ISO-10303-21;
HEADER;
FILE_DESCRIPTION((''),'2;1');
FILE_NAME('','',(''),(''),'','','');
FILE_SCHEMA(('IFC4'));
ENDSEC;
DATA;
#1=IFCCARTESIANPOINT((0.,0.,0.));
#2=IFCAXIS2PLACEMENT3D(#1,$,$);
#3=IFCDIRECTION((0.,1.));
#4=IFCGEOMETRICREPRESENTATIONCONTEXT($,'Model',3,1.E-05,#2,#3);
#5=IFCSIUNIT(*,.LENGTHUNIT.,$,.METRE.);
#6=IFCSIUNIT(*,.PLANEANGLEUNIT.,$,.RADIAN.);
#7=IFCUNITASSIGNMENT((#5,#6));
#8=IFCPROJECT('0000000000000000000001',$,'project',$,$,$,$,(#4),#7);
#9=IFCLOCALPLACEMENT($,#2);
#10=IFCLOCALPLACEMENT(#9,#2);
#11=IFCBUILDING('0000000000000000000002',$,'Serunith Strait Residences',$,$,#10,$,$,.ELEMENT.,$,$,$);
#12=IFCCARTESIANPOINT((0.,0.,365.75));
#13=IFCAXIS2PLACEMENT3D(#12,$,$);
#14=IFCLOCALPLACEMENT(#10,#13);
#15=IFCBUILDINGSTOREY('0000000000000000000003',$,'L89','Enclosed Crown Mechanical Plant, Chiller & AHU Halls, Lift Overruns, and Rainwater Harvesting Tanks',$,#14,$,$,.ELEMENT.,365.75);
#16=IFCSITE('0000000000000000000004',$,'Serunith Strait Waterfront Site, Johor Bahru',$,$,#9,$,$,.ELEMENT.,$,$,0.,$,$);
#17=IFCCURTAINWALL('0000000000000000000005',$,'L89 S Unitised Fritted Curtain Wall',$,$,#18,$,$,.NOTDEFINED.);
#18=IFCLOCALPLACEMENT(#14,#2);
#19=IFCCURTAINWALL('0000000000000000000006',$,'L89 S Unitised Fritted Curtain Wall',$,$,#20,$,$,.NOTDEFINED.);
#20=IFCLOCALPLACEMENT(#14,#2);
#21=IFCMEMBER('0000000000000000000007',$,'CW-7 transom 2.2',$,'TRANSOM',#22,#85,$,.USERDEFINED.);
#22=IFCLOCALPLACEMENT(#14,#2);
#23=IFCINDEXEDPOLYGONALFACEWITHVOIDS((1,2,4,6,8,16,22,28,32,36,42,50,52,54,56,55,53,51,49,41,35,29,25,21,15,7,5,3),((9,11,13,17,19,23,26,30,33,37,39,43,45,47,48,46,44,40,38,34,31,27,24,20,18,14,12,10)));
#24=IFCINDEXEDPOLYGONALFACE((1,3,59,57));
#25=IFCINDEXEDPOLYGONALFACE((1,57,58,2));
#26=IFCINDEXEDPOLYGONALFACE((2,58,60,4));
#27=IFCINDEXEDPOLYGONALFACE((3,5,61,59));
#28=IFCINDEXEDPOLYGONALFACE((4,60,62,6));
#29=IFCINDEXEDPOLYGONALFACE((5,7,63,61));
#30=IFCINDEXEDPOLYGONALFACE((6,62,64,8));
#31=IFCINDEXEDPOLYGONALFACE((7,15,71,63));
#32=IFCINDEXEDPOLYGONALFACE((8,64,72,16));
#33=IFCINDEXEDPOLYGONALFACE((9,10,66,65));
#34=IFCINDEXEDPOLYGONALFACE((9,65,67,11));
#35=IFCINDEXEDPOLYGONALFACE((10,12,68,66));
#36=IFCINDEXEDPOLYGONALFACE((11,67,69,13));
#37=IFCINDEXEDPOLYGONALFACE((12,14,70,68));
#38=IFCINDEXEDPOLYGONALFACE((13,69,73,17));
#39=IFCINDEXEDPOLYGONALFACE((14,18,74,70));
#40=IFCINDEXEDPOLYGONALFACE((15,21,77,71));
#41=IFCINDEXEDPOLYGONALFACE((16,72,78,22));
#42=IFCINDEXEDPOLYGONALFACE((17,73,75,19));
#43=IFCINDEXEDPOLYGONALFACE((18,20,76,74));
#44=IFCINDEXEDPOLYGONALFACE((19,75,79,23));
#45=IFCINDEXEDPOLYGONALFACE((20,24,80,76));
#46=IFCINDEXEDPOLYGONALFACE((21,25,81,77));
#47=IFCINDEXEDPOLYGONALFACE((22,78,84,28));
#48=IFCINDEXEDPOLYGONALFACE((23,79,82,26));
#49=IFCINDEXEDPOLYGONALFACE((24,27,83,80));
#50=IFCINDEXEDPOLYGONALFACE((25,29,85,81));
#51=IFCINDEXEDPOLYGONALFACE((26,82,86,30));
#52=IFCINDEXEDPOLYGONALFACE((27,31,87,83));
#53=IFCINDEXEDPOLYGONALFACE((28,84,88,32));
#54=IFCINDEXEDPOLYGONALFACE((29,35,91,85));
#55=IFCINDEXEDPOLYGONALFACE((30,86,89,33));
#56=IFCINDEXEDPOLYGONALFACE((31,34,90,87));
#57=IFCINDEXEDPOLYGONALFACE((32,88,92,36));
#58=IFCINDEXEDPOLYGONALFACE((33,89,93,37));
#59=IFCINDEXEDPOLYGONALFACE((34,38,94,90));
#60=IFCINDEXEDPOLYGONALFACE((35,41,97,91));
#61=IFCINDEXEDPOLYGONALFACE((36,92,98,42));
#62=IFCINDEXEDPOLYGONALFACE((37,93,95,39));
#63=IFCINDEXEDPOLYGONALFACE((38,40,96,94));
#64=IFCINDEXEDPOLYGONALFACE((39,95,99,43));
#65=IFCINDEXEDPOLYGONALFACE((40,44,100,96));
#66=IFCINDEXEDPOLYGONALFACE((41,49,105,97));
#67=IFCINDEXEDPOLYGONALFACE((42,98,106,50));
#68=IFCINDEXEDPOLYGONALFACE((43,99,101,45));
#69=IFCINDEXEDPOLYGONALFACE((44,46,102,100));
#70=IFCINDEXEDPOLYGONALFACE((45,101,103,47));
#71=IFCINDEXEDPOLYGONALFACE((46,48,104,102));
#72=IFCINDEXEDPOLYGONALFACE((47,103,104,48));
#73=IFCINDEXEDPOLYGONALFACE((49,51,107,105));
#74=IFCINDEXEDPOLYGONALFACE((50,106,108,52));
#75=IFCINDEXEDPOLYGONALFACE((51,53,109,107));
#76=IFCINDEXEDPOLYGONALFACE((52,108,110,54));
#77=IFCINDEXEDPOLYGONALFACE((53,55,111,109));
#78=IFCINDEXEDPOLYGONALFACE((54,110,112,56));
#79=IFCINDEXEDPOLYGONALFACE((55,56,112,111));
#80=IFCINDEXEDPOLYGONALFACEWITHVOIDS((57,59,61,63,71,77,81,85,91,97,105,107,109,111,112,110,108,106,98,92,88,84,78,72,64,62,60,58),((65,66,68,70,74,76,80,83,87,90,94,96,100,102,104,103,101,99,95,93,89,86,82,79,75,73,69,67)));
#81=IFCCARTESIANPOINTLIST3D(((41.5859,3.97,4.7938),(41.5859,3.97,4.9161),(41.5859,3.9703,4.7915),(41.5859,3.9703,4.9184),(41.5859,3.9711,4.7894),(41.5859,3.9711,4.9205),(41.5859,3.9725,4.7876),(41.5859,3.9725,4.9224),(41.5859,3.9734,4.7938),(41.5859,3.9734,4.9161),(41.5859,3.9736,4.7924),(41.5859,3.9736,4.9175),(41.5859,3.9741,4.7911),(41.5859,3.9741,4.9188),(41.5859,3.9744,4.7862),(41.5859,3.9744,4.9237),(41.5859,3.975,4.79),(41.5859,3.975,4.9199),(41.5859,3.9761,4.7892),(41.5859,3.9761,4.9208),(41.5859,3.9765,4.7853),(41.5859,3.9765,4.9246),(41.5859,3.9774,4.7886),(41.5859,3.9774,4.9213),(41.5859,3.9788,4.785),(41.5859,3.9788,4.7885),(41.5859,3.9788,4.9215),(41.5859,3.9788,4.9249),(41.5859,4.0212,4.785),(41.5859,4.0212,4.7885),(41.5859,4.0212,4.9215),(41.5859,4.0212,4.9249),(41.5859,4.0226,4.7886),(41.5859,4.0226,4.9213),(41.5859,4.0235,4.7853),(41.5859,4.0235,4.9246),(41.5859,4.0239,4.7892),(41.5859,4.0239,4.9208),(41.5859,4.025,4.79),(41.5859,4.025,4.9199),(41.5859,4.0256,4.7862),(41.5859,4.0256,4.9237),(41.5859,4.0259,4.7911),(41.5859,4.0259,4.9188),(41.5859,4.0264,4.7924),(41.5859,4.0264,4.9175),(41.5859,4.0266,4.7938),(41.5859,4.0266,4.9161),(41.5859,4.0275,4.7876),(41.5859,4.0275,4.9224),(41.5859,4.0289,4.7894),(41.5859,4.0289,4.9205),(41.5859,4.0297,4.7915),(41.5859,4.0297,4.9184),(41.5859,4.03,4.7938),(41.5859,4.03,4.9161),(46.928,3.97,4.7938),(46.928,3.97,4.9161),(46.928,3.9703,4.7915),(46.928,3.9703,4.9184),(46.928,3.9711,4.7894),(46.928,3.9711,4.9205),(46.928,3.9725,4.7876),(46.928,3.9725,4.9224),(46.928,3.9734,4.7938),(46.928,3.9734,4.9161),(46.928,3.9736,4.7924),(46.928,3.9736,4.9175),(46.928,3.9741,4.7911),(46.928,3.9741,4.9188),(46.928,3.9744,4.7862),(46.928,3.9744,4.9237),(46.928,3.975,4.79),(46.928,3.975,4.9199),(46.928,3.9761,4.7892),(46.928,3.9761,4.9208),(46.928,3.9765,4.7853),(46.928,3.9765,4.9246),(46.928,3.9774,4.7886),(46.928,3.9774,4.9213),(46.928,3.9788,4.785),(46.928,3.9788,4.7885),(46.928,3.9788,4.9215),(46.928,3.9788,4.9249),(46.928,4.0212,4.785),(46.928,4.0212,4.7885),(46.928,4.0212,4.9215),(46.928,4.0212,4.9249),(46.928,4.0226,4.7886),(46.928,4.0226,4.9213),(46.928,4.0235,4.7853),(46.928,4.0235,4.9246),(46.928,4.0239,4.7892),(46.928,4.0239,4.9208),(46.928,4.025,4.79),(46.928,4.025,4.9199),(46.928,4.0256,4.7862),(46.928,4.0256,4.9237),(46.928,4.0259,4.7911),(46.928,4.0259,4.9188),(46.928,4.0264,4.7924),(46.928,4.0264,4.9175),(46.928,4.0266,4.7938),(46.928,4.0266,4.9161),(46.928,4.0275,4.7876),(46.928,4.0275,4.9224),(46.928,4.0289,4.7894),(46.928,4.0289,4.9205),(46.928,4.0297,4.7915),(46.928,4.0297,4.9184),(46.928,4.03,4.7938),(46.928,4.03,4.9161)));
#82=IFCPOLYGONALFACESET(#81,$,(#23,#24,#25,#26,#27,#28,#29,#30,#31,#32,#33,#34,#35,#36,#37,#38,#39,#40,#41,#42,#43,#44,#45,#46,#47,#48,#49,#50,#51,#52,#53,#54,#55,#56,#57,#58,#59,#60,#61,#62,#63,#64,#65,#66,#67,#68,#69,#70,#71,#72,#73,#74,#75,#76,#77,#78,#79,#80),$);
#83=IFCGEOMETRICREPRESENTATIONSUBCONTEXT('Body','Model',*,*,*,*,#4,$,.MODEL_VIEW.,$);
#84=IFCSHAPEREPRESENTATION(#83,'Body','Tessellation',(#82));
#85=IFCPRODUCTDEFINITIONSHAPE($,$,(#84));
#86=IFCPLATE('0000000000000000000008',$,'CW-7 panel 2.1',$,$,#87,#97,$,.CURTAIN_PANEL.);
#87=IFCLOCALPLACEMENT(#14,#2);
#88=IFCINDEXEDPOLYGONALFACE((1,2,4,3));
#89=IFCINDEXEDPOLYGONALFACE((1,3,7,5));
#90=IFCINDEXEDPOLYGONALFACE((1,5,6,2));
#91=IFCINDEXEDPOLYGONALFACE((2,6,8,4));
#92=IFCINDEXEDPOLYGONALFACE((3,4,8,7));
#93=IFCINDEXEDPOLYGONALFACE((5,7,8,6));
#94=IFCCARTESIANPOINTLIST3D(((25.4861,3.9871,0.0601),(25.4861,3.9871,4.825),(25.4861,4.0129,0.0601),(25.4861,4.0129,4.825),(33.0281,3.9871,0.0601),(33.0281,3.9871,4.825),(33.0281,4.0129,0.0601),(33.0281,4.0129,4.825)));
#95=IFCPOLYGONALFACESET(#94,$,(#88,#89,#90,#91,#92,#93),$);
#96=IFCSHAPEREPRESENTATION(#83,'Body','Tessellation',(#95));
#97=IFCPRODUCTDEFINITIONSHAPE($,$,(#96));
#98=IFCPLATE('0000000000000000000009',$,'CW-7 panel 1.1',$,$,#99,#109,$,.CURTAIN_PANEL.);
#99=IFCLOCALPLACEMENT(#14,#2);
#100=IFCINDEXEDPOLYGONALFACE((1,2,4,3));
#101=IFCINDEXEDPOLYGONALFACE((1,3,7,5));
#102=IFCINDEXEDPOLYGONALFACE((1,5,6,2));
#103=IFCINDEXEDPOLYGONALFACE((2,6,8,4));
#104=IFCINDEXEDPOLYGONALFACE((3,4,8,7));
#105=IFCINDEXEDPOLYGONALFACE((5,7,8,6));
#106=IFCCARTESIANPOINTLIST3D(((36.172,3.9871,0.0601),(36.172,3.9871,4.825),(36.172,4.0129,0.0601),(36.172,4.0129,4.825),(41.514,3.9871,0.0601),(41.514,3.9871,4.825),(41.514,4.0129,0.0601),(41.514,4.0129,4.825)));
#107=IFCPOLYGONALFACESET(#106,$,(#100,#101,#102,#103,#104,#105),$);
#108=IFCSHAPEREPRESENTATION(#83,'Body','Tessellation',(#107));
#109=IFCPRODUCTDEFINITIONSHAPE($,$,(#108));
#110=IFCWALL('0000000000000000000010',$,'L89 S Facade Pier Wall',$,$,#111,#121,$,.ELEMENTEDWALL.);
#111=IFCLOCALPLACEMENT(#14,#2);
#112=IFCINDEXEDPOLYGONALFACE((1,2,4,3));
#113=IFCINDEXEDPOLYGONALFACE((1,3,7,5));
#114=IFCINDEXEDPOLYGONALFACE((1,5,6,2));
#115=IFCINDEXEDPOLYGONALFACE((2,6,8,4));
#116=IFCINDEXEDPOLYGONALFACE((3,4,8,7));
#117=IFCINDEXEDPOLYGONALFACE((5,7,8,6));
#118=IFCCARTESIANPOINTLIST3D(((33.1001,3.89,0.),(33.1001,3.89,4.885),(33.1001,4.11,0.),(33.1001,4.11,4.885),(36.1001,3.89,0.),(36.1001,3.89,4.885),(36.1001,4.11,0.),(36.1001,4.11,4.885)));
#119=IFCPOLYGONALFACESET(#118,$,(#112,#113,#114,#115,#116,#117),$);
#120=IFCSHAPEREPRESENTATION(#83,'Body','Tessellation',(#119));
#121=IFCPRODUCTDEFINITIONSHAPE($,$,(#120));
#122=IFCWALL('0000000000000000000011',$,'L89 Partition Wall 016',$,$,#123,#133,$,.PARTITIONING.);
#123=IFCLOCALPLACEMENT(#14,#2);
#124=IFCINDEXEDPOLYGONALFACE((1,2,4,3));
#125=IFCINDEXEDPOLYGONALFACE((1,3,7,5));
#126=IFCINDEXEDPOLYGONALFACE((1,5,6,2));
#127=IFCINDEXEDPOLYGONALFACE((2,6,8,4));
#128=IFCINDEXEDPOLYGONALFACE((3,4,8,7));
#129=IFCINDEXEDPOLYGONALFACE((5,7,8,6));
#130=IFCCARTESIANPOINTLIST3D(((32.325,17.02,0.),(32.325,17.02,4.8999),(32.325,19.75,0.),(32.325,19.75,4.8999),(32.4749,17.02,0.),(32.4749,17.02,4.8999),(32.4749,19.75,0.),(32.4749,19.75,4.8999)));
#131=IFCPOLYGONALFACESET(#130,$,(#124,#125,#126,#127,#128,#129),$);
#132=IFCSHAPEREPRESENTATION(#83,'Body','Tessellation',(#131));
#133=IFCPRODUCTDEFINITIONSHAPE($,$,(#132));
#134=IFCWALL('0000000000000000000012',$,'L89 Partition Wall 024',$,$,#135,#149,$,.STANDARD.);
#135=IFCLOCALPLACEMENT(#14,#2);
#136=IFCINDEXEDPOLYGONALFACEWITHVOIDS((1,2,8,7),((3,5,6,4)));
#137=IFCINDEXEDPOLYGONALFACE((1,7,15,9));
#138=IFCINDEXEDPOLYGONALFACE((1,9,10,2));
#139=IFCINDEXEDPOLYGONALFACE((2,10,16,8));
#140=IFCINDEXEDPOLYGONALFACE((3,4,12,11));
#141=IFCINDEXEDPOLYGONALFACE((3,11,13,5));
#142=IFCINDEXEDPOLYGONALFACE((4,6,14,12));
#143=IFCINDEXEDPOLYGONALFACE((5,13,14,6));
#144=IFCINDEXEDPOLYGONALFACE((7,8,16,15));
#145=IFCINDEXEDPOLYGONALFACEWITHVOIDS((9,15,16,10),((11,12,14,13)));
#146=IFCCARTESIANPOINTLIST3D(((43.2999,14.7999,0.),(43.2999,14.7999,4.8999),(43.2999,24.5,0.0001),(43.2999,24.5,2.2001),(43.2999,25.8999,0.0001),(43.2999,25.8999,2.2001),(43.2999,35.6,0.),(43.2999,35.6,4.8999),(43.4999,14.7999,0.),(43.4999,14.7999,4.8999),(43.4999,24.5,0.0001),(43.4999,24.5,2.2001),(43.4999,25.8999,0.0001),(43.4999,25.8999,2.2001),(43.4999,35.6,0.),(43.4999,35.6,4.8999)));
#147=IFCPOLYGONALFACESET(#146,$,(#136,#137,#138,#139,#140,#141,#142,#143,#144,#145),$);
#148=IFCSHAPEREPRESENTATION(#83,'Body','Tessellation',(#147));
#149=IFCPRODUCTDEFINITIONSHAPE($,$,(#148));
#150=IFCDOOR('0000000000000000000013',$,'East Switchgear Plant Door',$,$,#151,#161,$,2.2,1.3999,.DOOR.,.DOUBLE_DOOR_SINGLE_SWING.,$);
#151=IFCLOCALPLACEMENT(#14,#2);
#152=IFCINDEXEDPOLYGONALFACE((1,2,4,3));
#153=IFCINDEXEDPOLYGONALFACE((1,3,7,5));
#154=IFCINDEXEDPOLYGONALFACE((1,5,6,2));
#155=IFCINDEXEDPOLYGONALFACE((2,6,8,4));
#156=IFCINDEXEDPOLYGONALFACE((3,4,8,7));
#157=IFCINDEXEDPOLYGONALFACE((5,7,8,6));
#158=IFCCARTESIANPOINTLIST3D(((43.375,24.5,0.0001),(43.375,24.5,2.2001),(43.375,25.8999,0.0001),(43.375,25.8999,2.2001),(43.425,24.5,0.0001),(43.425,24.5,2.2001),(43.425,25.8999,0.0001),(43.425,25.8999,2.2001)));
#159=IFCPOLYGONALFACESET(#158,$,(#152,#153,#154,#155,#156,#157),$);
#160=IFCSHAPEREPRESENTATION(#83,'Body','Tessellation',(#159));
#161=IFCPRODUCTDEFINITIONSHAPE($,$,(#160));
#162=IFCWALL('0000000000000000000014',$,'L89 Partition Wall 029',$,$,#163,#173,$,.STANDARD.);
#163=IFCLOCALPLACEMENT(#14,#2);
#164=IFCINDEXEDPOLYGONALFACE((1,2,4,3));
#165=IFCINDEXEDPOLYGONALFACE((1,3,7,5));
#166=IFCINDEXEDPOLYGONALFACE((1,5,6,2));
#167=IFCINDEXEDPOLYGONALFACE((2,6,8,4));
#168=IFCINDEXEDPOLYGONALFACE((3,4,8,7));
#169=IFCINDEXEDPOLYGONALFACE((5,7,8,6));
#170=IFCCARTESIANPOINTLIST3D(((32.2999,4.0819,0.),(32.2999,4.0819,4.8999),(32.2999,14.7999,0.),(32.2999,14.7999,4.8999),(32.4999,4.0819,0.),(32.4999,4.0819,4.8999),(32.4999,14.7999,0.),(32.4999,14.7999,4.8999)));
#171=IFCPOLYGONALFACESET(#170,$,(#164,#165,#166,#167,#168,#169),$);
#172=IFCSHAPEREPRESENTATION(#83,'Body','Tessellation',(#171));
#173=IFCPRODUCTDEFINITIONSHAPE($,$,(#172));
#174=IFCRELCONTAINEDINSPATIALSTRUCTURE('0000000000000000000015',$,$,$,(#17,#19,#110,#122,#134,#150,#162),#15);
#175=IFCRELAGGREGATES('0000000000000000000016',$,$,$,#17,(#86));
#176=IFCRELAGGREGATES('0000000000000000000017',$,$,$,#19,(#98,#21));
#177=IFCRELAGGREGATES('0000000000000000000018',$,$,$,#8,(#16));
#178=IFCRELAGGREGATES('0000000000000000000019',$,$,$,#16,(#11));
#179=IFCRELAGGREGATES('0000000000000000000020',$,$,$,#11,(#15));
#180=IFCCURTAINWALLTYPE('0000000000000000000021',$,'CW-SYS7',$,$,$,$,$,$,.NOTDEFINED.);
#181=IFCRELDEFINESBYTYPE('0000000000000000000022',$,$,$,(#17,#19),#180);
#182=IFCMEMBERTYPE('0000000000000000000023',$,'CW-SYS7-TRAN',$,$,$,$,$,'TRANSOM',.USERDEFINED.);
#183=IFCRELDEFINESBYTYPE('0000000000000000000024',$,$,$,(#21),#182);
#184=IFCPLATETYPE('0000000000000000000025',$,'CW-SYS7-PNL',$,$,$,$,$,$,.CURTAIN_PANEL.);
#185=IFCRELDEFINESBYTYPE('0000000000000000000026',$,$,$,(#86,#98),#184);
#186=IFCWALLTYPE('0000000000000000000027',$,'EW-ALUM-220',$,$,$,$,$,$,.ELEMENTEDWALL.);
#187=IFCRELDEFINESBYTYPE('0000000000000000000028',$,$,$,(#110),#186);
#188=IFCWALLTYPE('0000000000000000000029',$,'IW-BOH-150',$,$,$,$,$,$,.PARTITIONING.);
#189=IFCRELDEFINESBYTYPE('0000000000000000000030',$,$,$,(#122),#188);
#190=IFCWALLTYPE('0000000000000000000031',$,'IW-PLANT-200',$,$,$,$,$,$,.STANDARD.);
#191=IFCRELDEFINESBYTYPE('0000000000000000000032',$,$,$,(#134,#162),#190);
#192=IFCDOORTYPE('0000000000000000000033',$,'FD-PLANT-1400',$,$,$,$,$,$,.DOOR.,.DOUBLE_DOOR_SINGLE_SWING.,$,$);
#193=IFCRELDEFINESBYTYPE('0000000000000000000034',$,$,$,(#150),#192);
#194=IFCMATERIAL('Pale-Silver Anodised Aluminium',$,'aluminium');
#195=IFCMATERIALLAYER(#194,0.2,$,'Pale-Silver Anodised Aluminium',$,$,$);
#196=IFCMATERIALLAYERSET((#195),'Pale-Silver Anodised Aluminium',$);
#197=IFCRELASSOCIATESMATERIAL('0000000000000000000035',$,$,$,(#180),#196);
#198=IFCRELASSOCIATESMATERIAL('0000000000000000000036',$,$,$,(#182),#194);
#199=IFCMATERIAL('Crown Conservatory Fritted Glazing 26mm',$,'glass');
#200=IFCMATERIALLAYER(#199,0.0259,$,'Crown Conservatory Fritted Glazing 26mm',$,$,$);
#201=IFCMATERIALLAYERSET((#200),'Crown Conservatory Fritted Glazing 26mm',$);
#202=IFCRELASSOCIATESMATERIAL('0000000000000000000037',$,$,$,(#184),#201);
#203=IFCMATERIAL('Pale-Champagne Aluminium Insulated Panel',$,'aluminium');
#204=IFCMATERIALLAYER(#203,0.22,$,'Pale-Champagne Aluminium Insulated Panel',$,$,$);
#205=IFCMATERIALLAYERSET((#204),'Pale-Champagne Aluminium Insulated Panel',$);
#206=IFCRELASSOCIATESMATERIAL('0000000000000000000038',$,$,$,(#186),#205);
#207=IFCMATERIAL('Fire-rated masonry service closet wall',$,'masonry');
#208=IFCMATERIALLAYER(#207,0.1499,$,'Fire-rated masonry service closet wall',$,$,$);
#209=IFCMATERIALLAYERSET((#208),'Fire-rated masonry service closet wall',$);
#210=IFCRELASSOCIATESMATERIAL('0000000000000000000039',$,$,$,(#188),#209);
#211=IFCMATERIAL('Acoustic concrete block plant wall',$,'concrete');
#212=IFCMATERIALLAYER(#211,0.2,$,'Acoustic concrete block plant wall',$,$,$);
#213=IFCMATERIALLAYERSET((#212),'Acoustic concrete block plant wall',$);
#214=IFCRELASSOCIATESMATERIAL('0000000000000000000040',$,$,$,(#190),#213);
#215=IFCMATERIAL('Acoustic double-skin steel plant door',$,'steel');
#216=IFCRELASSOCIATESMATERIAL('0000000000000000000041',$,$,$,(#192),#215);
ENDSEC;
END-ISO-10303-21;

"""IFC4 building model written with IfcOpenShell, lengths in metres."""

from ifc_helpers import new_model, si_unit, direction, frame, frame_2d, origin, origin_2d, place, context, subcontext, project, spatial, rectangle, hollow_rectangle, extrude, source, transform, mapped, material, layer, layer_set, material_profile, profile_set, type_object, element, fill, aggregate, save


model = new_model("IFC4")

# Units and contexts
model_context = context("Model", 3, precision=1e-05, world=origin(), true_north=direction((0.0, 1.0)))
body_context = subcontext(model_context, "Body", "Model", "MODEL_VIEW")
ifc_project = project(units=[si_unit("LENGTHUNIT", "METRE"), si_unit("PLANEANGLEUNIT", "RADIAN")], contexts=[model_context])

# Site, building, storey
site_placement = place(None, origin())
site = spatial("IfcSite", under=ifc_project, at=site_placement, Name="Serunith Strait Waterfront Site, Johor Bahru", CompositionType="ELEMENT", RefElevation=0.0)
building_placement = place(site_placement, origin())
building = spatial("IfcBuilding", under=site, at=building_placement, Name="Serunith Strait Residences", CompositionType="ELEMENT")
storey_placement = place(building_placement, frame((0.0, 0.0, 365.75)))
storey = spatial("IfcBuildingStorey", under=building, at=storey_placement, Name="L89", Description="Enclosed Crown Mechanical Plant, Chiller & AHU Halls, Lift Overruns, and Rainwater Harvesting Tanks", CompositionType="ELEMENT", Elevation=365.75)

# Curtain wall
ifc_material_1 = material(Name="Pale-Silver Anodised Aluminium", Category="aluminium")
ifc_layer_1 = layer(ifc_material_1, 0.2, Name="Pale-Silver Anodised Aluminium")
ifc_layer_set_1 = layer_set([ifc_layer_1], Name="Pale-Silver Anodised Aluminium")
curtain_wall_type = type_object("IfcCurtainWallType", Name="CW-SYS7", PredefinedType="NOTDEFINED", material=ifc_layer_set_1)
curtain_wall_1_placement = place(storey_placement, origin())
curtain_wall_1 = element("IfcCurtainWall", 1, at=curtain_wall_1_placement, inside=storey, type_object=curtain_wall_type, Name="L89 S Unitised Fritted Curtain Wall", PredefinedType="NOTDEFINED")

# Curtain wall, member
curtain_wall_2_placement = place(storey_placement, origin())
curtain_wall_2 = element("IfcCurtainWall", 2, at=curtain_wall_2_placement, inside=storey, type_object=curtain_wall_type, Name="L89 S Unitised Fritted Curtain Wall", PredefinedType="NOTDEFINED")
ifc_material_profile_1 = material_profile(ifc_material_1, hollow_rectangle(XDim=0.0601, YDim=0.1399, WallThickness=0.0034, InnerFilletRadius=0.0054, OuterFilletRadius=0.0088, at=origin_2d()), Name="ALU 140x60x3.5")
ifc_profile_set_1 = profile_set([ifc_material_profile_1], Name="Pale-Silver Anodised Aluminium")
member_type_1 = type_object("IfcMemberType", Name="CW-SYS7-TRAN", ElementType="TRANSOM", PredefinedType="USERDEFINED", material=ifc_profile_set_1)
shared_shape_1 = source(origin(), body_context, "Body", "SweptSolid", [
    extrude(hollow_rectangle(XDim=0.0601, YDim=0.1399, WallThickness=0.0034, InnerFilletRadius=0.0054, OuterFilletRadius=0.0088, at=origin_2d()), origin(), (0.0, 0.0, 1.0), 5.342),
])
member_1_placement = place(storey_placement, frame((41.5859, 4.0, 4.855), z_axis=(1.0, 0.0, 0.0), x_axis=(0.0, 1.0, 0.0)))
member_1 = element("IfcMember", 3, at=member_1_placement, type_object=member_type_1, Name="CW-7 transom 2.2", ObjectType="TRANSOM", PredefinedType="USERDEFINED", context=body_context, shape_type="MappedRepresentation", body=[
    mapped(shared_shape_1, transform((0.0, 0.0, 0.0), scale=1.0)),
])

# Plates
ifc_material_2 = material(Name="Crown Conservatory Fritted Glazing 26mm", Category="glass")
ifc_layer_2 = layer(ifc_material_2, 0.0259, Name="Crown Conservatory Fritted Glazing 26mm")
ifc_layer_set_2 = layer_set([ifc_layer_2], Name="Crown Conservatory Fritted Glazing 26mm")
plate_type = type_object("IfcPlateType", Name="CW-SYS7-PNL", PredefinedType="CURTAIN_PANEL", material=ifc_layer_set_2)
shared_shape_2 = source(origin(), body_context, "Body", "SweptSolid", [
    extrude(rectangle(XDim=7.542, YDim=0.0259, at=origin_2d()), origin(), (0.0, 0.0, 1.0), 4.7649),
])
plate_1_placement = place(storey_placement, frame((29.2571, 4.0, 0.0601), z_axis=(0.0, 0.0, 1.0), x_axis=(1.0, 0.0, 0.0)))
plate_1 = element("IfcPlate", 4, at=plate_1_placement, type_object=plate_type, Name="CW-7 panel 2.1", PredefinedType="CURTAIN_PANEL", context=body_context, shape_type="MappedRepresentation", body=[
    mapped(shared_shape_2, transform((0.0, 0.0, 0.0), scale=1.0)),
])
aggregate(curtain_wall_1, [plate_1])
shared_shape_3 = source(origin(), body_context, "Body", "SweptSolid", [
    extrude(rectangle(XDim=5.342, YDim=0.0259, at=origin_2d()), origin(), (0.0, 0.0, 1.0), 4.7649),
])
plate_2_placement = place(storey_placement, frame((38.843, 4.0, 0.0601), z_axis=(0.0, 0.0, 1.0), x_axis=(1.0, 0.0, 0.0)))
plate_2 = element("IfcPlate", 5, at=plate_2_placement, type_object=plate_type, Name="CW-7 panel 1.1", PredefinedType="CURTAIN_PANEL", context=body_context, shape_type="MappedRepresentation", body=[
    mapped(shared_shape_3, transform((0.0, 0.0, 0.0), scale=1.0)),
])
aggregate(curtain_wall_2, [plate_2, member_1])

# Walls
ifc_material_3 = material(Name="Pale-Champagne Aluminium Insulated Panel", Category="aluminium")
ifc_layer_3 = layer(ifc_material_3, 0.22, Name="Pale-Champagne Aluminium Insulated Panel")
ifc_layer_set_3 = layer_set([ifc_layer_3], Name="Pale-Champagne Aluminium Insulated Panel")
wall_type_1 = type_object("IfcWallType", Name="EW-ALUM-220", PredefinedType="ELEMENTEDWALL", material=ifc_layer_set_3)
wall_1_placement = place(storey_placement, frame((33.1001, 4.0, 0.0), z_axis=(0.0, 0.0, 1.0), x_axis=(1.0, 0.0, 0.0)))
element("IfcWall", 6, at=wall_1_placement, inside=storey, type_object=wall_type_1, Name="L89 S Facade Pier Wall", PredefinedType="ELEMENTEDWALL", context=body_context, shape_type="SweptSolid", body=[
    extrude(rectangle(XDim=3.0, YDim=0.22, at=frame_2d((1.5, 0.0))), origin(), (0.0, 0.0, 1.0), 4.885),
])
ifc_material_4 = material(Name="Fire-rated masonry service closet wall", Category="masonry")
ifc_layer_4 = layer(ifc_material_4, 0.1499, Name="Fire-rated masonry service closet wall")
ifc_layer_set_4 = layer_set([ifc_layer_4], Name="Fire-rated masonry service closet wall")
wall_type_2 = type_object("IfcWallType", Name="IW-BOH-150", PredefinedType="PARTITIONING", material=ifc_layer_set_4)
wall_2_placement = place(storey_placement, frame((32.3999, 17.02, 0.0), z_axis=(0.0, 0.0, 1.0), x_axis=(0.0, 1.0, 0.0)))
element("IfcWall", 7, at=wall_2_placement, inside=storey, type_object=wall_type_2, Name="L89 Partition Wall 016", PredefinedType="PARTITIONING", context=body_context, shape_type="SweptSolid", body=[
    extrude(rectangle(XDim=2.73, YDim=0.1499, at=frame_2d((1.365, 0.0))), origin(), (0.0, 0.0, 1.0), 4.8999),
])

# Wall, opening, door
ifc_material_5 = material(Name="Acoustic concrete block plant wall", Category="concrete")
ifc_layer_5 = layer(ifc_material_5, 0.2, Name="Acoustic concrete block plant wall")
ifc_layer_set_5 = layer_set([ifc_layer_5], Name="Acoustic concrete block plant wall")
wall_type_3 = type_object("IfcWallType", Name="IW-PLANT-200", PredefinedType="STANDARD", material=ifc_layer_set_5)
wall_3_placement = place(storey_placement, frame((43.3999, 14.8, 0.0), z_axis=(0.0, 0.0, 1.0), x_axis=(0.0, 1.0, 0.0)))
wall_3 = element("IfcWall", 8, at=wall_3_placement, inside=storey, type_object=wall_type_3, Name="L89 Partition Wall 024", PredefinedType="STANDARD", context=body_context, shape_type="SweptSolid", body=[
    extrude(rectangle(XDim=20.8, YDim=0.2, at=frame_2d((10.3999, 0.0))), origin(), (0.0, 0.0, 1.0), 4.8999),
])
opening_1_placement = place(wall_3_placement, frame((9.7, 0.0, 0.0)))
opening_1 = element("IfcOpeningElement", 9, at=opening_1_placement, cuts=wall_3, PredefinedType="OPENING", context=body_context, shape_type="SweptSolid", body=[
    extrude(rectangle(XDim=1.3999, YDim=2.2, at=frame_2d((0.7, 1.1001))), frame((0.0, 0.1099, 0.0), z_axis=(0.0, -1.0, 0.0), x_axis=(1.0, 0.0, 0.0)), (0.0, 0.0, 1.0), 0.22),
])
ifc_material_6 = material(Name="Acoustic double-skin steel plant door", Category="steel")
door_type_1 = type_object("IfcDoorType", Name="FD-PLANT-1400", OperationType="DOUBLE_DOOR_SINGLE_SWING", PredefinedType="DOOR", material=ifc_material_6)
shared_shape_4 = source(origin(), body_context, "Body", "SweptSolid", [
    extrude(rectangle(XDim=1.3999, YDim=2.2, at=frame_2d((0.7, 1.1001))), frame((0.0, 0.0249, 0.0), z_axis=(0.0, -1.0, 0.0), x_axis=(1.0, 0.0, 0.0)), (0.0, 0.0, 1.0), 0.05),
])
door_1_placement = place(opening_1_placement, origin())
door_1 = element("IfcDoor", 10, at=door_1_placement, inside=storey, type_object=door_type_1, Name="East Switchgear Plant Door", OperationType="DOUBLE_DOOR_SINGLE_SWING", OverallHeight=2.2, OverallWidth=1.3999, PredefinedType="DOOR", context=body_context, shape_type="MappedRepresentation", body=[
    mapped(shared_shape_4, transform((0.0, 0.0, 0.0), scale=1.0)),
])
fill(opening_1, door_1)

# Wall
wall_4_placement = place(storey_placement, frame((32.3999, 4.082, 0.0), z_axis=(0.0, 0.0, 1.0), x_axis=(0.0, 1.0, 0.0)))
element("IfcWall", 11, at=wall_4_placement, inside=storey, type_object=wall_type_3, Name="L89 Partition Wall 029", PredefinedType="STANDARD", context=body_context, shape_type="SweptSolid", body=[
    extrude(rectangle(XDim=10.718, YDim=0.2, at=frame_2d((5.3589, 0.0))), origin(), (0.0, 0.0, 1.0), 4.8999),
])

save(model, "model.ifc")
